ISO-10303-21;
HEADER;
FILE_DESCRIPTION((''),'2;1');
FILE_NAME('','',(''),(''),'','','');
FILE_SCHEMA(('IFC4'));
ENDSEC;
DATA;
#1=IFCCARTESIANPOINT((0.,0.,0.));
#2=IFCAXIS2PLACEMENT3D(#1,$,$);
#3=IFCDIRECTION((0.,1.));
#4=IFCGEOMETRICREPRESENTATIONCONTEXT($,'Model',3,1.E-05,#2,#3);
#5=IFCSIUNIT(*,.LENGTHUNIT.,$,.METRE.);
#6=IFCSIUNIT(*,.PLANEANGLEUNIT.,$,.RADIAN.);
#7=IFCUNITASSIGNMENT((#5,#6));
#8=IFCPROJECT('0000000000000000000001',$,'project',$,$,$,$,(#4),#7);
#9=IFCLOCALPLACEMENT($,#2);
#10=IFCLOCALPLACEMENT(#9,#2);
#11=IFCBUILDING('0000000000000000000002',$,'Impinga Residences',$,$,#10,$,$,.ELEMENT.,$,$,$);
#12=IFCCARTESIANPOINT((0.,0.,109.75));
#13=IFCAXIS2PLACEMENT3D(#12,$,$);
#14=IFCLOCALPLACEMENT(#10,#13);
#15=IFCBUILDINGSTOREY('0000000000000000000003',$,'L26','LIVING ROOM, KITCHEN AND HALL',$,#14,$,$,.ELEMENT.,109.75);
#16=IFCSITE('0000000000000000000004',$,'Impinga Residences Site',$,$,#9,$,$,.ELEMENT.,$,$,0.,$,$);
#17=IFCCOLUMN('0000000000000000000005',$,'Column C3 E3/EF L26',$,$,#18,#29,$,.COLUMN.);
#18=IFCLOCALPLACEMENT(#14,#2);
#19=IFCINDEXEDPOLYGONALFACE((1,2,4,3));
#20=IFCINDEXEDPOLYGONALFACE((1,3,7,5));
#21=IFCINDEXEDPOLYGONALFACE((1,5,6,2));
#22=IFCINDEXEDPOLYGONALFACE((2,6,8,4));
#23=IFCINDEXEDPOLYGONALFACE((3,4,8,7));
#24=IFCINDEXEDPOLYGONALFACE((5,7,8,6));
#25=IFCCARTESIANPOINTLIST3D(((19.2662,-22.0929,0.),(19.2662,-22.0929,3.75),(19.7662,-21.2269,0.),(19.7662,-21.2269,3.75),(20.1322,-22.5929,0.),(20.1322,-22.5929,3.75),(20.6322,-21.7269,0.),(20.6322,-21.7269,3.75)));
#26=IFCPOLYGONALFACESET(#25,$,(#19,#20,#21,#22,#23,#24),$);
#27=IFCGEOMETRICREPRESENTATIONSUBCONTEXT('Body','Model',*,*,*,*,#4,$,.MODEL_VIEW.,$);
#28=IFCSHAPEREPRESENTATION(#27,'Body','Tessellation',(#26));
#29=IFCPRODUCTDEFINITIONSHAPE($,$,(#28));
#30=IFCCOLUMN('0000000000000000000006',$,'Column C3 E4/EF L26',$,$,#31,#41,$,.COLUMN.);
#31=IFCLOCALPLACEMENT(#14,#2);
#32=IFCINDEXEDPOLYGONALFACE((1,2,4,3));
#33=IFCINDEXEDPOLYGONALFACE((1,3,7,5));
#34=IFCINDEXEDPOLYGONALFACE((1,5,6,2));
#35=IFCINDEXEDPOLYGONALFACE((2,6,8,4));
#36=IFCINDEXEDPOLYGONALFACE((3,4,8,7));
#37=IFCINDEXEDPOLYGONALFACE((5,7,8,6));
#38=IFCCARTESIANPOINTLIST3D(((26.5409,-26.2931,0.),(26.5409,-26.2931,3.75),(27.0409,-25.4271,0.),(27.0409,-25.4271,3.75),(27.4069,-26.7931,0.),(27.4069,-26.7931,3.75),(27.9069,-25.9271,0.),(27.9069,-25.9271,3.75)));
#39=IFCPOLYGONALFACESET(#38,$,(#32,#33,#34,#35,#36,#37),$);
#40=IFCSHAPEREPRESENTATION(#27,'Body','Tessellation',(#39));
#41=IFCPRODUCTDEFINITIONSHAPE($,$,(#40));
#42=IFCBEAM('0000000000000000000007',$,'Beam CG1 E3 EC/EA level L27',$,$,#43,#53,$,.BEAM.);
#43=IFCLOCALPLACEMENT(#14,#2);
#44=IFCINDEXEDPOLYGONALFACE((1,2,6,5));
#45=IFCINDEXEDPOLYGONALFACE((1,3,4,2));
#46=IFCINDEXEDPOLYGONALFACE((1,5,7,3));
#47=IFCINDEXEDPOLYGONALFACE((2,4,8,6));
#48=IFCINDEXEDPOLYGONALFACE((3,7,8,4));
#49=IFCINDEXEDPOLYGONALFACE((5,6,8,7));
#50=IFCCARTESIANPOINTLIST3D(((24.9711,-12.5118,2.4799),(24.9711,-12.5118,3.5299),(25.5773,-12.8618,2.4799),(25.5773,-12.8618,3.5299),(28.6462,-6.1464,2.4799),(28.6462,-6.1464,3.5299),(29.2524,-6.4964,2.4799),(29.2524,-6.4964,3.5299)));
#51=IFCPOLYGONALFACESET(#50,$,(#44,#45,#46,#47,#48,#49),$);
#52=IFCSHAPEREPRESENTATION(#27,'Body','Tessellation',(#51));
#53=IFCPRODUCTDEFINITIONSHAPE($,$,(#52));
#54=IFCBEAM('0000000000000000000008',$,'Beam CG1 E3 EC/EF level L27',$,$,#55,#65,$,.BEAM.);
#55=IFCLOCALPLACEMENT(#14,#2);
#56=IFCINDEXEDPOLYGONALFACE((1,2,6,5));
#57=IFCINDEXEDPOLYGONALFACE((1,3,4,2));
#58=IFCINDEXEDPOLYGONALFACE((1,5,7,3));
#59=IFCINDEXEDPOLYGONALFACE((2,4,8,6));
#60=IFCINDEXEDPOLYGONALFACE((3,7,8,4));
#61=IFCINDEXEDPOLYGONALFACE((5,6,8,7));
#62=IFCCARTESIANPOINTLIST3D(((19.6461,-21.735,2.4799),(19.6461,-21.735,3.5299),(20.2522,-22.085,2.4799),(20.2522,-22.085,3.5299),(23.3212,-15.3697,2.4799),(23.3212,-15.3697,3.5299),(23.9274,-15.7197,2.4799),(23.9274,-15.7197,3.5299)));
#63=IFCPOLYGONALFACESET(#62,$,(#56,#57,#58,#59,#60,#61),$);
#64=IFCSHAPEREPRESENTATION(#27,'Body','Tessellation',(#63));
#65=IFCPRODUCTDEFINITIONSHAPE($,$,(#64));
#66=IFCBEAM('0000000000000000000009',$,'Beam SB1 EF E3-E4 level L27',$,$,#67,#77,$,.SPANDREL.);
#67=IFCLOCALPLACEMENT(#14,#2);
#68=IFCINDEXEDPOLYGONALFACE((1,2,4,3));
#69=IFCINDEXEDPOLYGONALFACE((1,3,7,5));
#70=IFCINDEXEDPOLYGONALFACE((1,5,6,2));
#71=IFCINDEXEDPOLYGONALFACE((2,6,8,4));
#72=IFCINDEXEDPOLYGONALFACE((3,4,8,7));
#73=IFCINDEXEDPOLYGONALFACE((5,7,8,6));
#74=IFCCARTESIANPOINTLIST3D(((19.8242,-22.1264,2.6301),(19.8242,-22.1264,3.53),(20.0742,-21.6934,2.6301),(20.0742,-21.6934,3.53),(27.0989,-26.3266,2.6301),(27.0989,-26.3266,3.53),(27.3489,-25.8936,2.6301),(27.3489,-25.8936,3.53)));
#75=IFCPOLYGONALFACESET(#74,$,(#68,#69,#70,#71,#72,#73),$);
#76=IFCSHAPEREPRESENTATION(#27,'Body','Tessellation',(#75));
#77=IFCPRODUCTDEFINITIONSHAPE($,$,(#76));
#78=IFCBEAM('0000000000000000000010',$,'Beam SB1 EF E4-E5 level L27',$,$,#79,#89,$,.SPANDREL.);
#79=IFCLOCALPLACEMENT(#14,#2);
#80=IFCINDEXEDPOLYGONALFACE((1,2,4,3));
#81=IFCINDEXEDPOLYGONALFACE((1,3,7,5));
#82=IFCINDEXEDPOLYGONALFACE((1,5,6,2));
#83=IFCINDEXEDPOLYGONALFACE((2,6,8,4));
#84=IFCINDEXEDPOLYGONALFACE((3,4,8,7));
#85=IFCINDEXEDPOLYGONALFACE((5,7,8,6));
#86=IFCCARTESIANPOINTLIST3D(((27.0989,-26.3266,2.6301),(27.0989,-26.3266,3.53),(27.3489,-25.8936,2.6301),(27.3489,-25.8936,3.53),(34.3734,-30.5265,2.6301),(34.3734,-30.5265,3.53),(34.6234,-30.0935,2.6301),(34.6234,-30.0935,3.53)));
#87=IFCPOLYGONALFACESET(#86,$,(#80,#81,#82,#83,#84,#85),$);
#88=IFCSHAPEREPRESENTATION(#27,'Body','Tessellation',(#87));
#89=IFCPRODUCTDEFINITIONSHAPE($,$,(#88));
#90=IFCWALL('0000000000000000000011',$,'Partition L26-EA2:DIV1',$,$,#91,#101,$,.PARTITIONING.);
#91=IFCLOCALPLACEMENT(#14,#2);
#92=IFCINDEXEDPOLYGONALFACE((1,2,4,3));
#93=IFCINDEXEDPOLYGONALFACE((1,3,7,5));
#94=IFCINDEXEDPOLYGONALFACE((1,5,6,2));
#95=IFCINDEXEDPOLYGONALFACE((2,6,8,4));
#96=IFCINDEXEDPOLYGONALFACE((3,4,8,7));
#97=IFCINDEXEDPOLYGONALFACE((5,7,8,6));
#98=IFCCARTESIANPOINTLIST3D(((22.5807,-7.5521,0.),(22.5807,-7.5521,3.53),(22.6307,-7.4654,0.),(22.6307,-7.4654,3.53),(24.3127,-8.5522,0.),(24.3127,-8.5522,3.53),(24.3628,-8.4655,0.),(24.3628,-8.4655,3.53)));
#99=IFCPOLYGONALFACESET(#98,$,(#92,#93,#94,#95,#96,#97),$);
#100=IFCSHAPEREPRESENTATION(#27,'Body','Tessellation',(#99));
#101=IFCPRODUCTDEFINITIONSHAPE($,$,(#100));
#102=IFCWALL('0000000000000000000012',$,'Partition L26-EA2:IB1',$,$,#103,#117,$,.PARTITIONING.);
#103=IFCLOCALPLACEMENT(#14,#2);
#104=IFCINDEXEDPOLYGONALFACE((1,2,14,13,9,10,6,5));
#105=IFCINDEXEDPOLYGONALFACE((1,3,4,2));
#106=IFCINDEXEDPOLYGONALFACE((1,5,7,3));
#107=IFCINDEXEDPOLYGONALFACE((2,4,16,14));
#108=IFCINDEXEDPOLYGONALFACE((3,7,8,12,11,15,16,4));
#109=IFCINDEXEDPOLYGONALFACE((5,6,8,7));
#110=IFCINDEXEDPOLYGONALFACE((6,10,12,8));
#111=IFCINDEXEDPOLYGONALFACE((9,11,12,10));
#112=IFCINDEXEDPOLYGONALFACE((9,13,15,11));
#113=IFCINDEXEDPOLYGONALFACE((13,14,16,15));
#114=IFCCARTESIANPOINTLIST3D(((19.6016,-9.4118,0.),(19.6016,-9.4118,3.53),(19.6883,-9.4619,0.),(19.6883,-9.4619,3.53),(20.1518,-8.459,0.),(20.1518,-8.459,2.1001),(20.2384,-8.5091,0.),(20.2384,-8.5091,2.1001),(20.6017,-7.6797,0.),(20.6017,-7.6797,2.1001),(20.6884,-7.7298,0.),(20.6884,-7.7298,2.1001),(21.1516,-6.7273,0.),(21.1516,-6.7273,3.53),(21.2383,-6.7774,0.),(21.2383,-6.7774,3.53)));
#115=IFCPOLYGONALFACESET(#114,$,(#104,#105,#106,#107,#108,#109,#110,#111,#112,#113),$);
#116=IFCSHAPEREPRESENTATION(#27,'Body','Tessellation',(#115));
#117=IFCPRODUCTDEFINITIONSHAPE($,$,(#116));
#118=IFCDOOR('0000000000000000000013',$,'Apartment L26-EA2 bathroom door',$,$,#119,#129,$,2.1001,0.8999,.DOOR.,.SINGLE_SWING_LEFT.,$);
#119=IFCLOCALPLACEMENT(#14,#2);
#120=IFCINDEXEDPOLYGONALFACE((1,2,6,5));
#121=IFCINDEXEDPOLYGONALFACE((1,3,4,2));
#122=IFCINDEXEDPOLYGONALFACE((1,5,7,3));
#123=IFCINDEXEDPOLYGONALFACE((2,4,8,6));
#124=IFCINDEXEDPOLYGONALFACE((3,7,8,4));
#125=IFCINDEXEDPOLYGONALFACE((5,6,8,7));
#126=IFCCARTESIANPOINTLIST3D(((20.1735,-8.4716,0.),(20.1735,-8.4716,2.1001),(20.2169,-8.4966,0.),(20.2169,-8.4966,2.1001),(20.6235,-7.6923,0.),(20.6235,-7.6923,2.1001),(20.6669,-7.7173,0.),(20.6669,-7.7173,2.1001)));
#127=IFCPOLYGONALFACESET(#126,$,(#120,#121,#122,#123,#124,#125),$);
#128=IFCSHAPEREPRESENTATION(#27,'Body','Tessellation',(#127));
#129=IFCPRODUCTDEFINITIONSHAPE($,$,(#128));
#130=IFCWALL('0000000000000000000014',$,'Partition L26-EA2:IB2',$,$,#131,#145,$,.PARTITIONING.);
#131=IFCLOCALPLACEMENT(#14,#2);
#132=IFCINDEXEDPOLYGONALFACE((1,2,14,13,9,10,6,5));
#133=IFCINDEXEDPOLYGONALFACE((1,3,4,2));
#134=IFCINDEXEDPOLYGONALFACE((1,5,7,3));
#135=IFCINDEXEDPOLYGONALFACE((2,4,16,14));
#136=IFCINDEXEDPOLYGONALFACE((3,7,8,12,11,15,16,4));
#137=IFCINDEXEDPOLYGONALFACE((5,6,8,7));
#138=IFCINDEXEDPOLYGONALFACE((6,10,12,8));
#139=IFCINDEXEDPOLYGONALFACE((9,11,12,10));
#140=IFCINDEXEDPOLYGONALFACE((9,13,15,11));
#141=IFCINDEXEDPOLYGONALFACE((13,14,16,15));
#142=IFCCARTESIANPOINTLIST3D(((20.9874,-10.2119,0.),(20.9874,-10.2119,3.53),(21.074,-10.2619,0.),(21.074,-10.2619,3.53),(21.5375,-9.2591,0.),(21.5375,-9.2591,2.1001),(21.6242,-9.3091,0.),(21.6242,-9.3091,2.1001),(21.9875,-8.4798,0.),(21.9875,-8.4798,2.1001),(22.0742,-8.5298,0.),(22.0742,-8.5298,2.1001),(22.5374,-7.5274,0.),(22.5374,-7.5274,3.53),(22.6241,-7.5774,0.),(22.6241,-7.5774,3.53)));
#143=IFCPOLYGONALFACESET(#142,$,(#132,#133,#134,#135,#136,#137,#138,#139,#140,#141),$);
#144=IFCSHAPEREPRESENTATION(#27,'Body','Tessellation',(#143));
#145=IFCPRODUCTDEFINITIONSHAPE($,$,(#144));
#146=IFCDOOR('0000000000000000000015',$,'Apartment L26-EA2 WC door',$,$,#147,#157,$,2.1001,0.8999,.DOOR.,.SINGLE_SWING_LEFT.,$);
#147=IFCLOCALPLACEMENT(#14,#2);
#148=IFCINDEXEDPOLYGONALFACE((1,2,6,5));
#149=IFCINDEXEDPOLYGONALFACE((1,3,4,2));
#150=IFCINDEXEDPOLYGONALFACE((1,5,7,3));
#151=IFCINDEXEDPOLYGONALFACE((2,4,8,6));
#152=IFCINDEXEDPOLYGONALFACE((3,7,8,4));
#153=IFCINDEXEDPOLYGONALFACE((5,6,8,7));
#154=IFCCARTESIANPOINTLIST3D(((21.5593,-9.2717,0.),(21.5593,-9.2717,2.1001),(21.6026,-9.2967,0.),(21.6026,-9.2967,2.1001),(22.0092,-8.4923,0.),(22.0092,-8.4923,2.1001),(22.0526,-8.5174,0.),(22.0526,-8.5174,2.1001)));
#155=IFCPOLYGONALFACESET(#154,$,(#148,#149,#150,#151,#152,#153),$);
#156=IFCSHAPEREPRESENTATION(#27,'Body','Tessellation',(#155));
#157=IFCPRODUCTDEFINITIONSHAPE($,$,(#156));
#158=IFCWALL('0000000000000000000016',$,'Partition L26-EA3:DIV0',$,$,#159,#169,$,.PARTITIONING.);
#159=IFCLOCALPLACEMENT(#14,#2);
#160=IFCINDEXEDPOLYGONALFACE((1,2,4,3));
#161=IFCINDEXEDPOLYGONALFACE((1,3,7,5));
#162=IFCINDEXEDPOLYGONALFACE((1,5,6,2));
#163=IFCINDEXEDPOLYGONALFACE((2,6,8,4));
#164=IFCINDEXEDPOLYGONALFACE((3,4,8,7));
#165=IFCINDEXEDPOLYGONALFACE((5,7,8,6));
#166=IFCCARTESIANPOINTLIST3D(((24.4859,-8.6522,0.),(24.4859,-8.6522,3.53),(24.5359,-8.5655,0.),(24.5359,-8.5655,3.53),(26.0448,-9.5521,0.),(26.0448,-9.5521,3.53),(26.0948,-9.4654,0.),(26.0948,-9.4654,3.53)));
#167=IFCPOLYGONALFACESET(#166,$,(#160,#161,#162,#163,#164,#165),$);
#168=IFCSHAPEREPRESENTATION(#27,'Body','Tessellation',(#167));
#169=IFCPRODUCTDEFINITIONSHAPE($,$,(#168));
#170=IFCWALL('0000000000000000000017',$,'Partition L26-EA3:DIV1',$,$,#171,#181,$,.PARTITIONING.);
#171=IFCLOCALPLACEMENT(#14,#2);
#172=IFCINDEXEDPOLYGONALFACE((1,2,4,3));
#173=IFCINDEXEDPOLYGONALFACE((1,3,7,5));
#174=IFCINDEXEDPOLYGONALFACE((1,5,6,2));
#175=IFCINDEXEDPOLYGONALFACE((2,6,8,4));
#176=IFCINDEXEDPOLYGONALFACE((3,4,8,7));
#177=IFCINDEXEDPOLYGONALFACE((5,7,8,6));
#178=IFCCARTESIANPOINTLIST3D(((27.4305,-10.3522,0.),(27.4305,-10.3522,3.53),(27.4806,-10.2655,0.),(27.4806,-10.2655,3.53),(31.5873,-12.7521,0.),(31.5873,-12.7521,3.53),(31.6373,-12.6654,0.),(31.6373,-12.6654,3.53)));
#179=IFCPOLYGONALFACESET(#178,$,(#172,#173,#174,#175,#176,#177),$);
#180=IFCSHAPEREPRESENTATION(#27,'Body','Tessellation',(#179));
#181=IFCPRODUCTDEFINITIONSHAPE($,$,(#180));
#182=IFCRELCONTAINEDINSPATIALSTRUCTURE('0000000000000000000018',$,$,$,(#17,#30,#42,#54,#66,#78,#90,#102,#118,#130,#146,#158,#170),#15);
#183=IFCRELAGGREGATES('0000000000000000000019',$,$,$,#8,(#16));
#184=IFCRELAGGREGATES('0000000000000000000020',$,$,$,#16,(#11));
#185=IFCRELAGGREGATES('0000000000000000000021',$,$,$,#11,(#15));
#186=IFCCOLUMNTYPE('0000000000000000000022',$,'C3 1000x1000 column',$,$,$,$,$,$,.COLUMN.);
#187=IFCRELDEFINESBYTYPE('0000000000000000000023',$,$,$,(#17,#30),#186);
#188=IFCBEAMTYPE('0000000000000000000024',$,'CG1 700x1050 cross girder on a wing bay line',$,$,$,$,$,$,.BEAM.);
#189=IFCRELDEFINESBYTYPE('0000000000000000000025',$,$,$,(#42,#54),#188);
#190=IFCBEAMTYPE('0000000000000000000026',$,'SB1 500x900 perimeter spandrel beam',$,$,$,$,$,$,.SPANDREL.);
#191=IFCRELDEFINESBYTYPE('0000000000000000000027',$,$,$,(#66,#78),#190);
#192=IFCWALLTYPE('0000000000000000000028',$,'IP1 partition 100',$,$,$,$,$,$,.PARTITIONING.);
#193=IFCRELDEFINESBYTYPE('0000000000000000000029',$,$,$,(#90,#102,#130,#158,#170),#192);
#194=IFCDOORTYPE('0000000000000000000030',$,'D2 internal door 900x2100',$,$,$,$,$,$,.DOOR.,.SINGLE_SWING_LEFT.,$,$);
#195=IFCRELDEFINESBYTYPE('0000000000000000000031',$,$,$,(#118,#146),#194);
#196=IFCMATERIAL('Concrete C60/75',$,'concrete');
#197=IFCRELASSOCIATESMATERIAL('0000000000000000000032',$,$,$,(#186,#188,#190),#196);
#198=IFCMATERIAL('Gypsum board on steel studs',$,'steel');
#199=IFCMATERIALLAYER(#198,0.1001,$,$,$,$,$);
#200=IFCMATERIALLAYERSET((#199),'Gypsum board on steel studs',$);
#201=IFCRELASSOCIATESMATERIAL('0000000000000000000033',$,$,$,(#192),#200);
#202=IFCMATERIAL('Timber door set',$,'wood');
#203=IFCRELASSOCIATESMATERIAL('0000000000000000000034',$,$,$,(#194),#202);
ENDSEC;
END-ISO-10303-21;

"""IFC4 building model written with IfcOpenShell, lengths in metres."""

from ifc_helpers import new_model, si_unit, direction, frame, frame_2d, origin, origin_2d, place, context, subcontext, project, spatial, rectangle, extrude, material, layer, layer_set, material_profile, profile_set, type_object, element, fill, save


model = new_model("IFC4")

# Units and contexts
model_context = context("Model", 3, precision=1e-05, world=origin(), true_north=direction((0.0, 1.0)))
body_context = subcontext(model_context, "Body", "Model", "MODEL_VIEW")
ifc_project = project(units=[si_unit("LENGTHUNIT", "METRE"), si_unit("PLANEANGLEUNIT", "RADIAN")], contexts=[model_context])

# Site, building, storey
site_placement = place(None, origin())
site = spatial("IfcSite", under=ifc_project, at=site_placement, Name="Impinga Residences Site", CompositionType="ELEMENT", RefElevation=0.0)
building_placement = place(site_placement, origin())
building = spatial("IfcBuilding", under=site, at=building_placement, Name="Impinga Residences", CompositionType="ELEMENT")
storey_placement = place(building_placement, frame((0.0, 0.0, 109.75)))
storey = spatial("IfcBuildingStorey", under=building, at=storey_placement, Name="L26", Description="LIVING ROOM, KITCHEN AND HALL", CompositionType="ELEMENT", Elevation=109.75)

# Columns
ifc_material_1 = material(Name="Concrete C60/75", Category="concrete")
ifc_material_profile_1 = material_profile(ifc_material_1, rectangle(XDim=1.0, YDim=1.0, at=origin_2d()), Name="RC 1000x1000")
ifc_profile_set_1 = profile_set([ifc_material_profile_1], Name="Concrete C60/75")
column_type = type_object("IfcColumnType", Name="C3 1000x1000 column", PredefinedType="COLUMN", material=ifc_profile_set_1)
for number, where, z_axis, x_axis, name in (
    (1, (19.9492, -21.9099, 0.0), (0.0, 0.0, 1.0), (-0.5, -0.866025, 0.0), "Column C3 E3/EF L26"),
    (2, (27.2239, -26.1101, 0.0), (0.0, 0.0, 1.0), (-0.5, -0.866025, 0.0), "Column C3 E4/EF L26"),
):
    element("IfcColumn", number, at=place(storey_placement, frame(where, z_axis=z_axis, x_axis=x_axis)), inside=storey, type_object=column_type, Name=name, PredefinedType="COLUMN", context=body_context, shape_type="SweptSolid", body=[
        extrude(rectangle(XDim=1.0, YDim=1.0, at=origin_2d()), origin(), (0.0, 0.0, 1.0), 3.75),
    ])

# Beams
ifc_material_profile_2 = material_profile(ifc_material_1, rectangle(XDim=0.7, YDim=1.05, at=origin_2d()), Name="RC 700x1050")
ifc_profile_set_2 = profile_set([ifc_material_profile_2], Name="Concrete C60/75")
beam_type_1 = type_object("IfcBeamType", Name="CG1 700x1050 cross girder on a wing bay line", PredefinedType="BEAM", material=ifc_profile_set_2)
for number, where, z_axis, x_axis, name in (
    (3, (25.2742, -12.6868, 3.0049), (0.500008, 0.866021, 0.0), (-0.866021, 0.500008, 0.0), "Beam CG1 E3 EC/EA level L27"),
    (4, (23.6243, -15.5447, 3.0049), (-0.500008, -0.866021, 0.0), (0.866021, -0.500008, 0.0), "Beam CG1 E3 EC/EF level L27"),
):
    element("IfcBeam", number, at=place(storey_placement, frame(where, z_axis=z_axis, x_axis=x_axis)), inside=storey, type_object=beam_type_1, Name=name, PredefinedType="BEAM", context=body_context, shape_type="SweptSolid", body=[
        extrude(rectangle(XDim=0.7, YDim=1.05, at=origin_2d()), origin(), (0.0, 0.0, 1.0), 7.3501),
    ])
ifc_material_profile_3 = material_profile(ifc_material_1, rectangle(XDim=0.5, YDim=0.8999, at=origin_2d()), Name="RC 500x900")
ifc_profile_set_3 = profile_set([ifc_material_profile_3], Name="Concrete C60/75")
beam_type_2 = type_object("IfcBeamType", Name="SB1 500x900 perimeter spandrel beam", PredefinedType="SPANDREL", material=ifc_profile_set_3)
beam_1_placement = place(storey_placement, frame((19.9492, -21.9099, 3.0801), z_axis=(0.866017, -0.500015, 0.0), x_axis=(0.500015, 0.866017, 0.0)))
element("IfcBeam", 5, at=beam_1_placement, inside=storey, type_object=beam_type_2, Name="Beam SB1 EF E3-E4 level L27", PredefinedType="SPANDREL", context=body_context, shape_type="SweptSolid", body=[
    extrude(rectangle(XDim=0.5, YDim=0.8999, at=origin_2d()), origin(), (0.0, 0.0, 1.0), 8.4001),
])
beam_2_placement = place(storey_placement, frame((27.2239, -26.1101, 3.0801), z_axis=(0.866029, -0.499993, 0.0), x_axis=(0.499993, 0.866029, 0.0)))
element("IfcBeam", 6, at=beam_2_placement, inside=storey, type_object=beam_type_2, Name="Beam SB1 EF E4-E5 level L27", PredefinedType="SPANDREL", context=body_context, shape_type="SweptSolid", body=[
    extrude(rectangle(XDim=0.5, YDim=0.8999, at=origin_2d()), origin(), (0.0, 0.0, 1.0), 8.3999),
])

# Wall
ifc_material_2 = material(Name="Gypsum board on steel studs", Category="steel")
ifc_layer_1 = layer(ifc_material_2, 0.1001)
ifc_layer_set_1 = layer_set([ifc_layer_1], Name="Gypsum board on steel studs")
wall_type_1 = type_object("IfcWallType", Name="IP1 partition 100", PredefinedType="PARTITIONING", material=ifc_layer_set_1)
wall_1_placement = place(storey_placement, frame((22.6057, -7.5088, 0.0), z_axis=(0.0, 0.0, 1.0), x_axis=(0.866011, -0.500025, 0.0)))
element("IfcWall", 7, at=wall_1_placement, inside=storey, type_object=wall_type_1, Name="Partition L26-EA2:DIV1", PredefinedType="PARTITIONING", context=body_context, shape_type="SweptSolid", body=[
    extrude(rectangle(XDim=2.0, YDim=0.1001, at=frame_2d((1.0, 0.0))), origin(), (0.0, 0.0, 1.0), 3.53),
])

# Walls, openings, doors
wall_2_placement = place(storey_placement, frame((19.645, -9.4368, 0.0), z_axis=(0.0, 0.0, 1.0), x_axis=(0.500027, 0.86601, 0.0)))
wall_2 = element("IfcWall", 8, at=wall_2_placement, inside=storey, type_object=wall_type_1, Name="Partition L26-EA2:IB1", PredefinedType="PARTITIONING", context=body_context, shape_type="SweptSolid", body=[
    extrude(rectangle(XDim=3.0999, YDim=0.1001, at=frame_2d((1.5498, 0.0))), origin(), (0.0, 0.0, 1.0), 3.53),
])
opening_1_placement = place(wall_2_placement, frame((1.1001, 0.0, 0.0)))
opening_1 = element("IfcOpeningElement", 9, at=opening_1_placement, cuts=wall_2, PredefinedType="OPENING", context=body_context, shape_type="SweptSolid", body=[
    extrude(rectangle(XDim=0.8999, YDim=2.1001, at=frame_2d((0.45, 1.05))), frame((0.0, 0.0601, 0.0), z_axis=(0.0, -1.0, 0.0), x_axis=(1.0, 0.0, 0.0)), (0.0, 0.0, 1.0), 0.1201),
])
ifc_material_3 = material(Name="Timber door set", Category="wood")
door_type = type_object("IfcDoorType", Name="D2 internal door 900x2100", OperationType="SINGLE_SWING_LEFT", PredefinedType="DOOR", material=ifc_material_3)
door_1_placement = place(opening_1_placement, origin())
door_1 = element("IfcDoor", 10, at=door_1_placement, inside=storey, type_object=door_type, Name="Apartment L26-EA2 bathroom door", OperationType="SINGLE_SWING_LEFT", OverallHeight=2.1001, OverallWidth=0.8999, PredefinedType="DOOR", context=body_context, shape_type="SweptSolid", body=[
    extrude(rectangle(XDim=0.8999, YDim=2.1001, at=frame_2d((0.45, 1.05))), frame((0.0, 0.0249, 0.0), z_axis=(0.0, -1.0, 0.0), x_axis=(1.0, 0.0, 0.0)), (0.0, 0.0, 1.0), 0.05),
])
fill(opening_1, door_1)
wall_3_placement = place(storey_placement, frame((21.0308, -10.2368, 0.0), z_axis=(0.0, 0.0, 1.0), x_axis=(0.500027, 0.86601, 0.0)))
wall_3 = element("IfcWall", 11, at=wall_3_placement, inside=storey, type_object=wall_type_1, Name="Partition L26-EA2:IB2", PredefinedType="PARTITIONING", context=body_context, shape_type="SweptSolid", body=[
    extrude(rectangle(XDim=3.0999, YDim=0.1001, at=frame_2d((1.5498, 0.0))), origin(), (0.0, 0.0, 1.0), 3.53),
])
opening_2_placement = place(wall_3_placement, frame((1.1001, 0.0, 0.0)))
opening_2 = element("IfcOpeningElement", 12, at=opening_2_placement, cuts=wall_3, PredefinedType="OPENING", context=body_context, shape_type="SweptSolid", body=[
    extrude(rectangle(XDim=0.8999, YDim=2.1001, at=frame_2d((0.45, 1.05))), frame((0.0, 0.0601, 0.0), z_axis=(0.0, -1.0, 0.0), x_axis=(1.0, 0.0, 0.0)), (0.0, 0.0, 1.0), 0.1201),
])
door_2_placement = place(opening_2_placement, origin())
door_2 = element("IfcDoor", 13, at=door_2_placement, inside=storey, type_object=door_type, Name="Apartment L26-EA2 WC door", OperationType="SINGLE_SWING_LEFT", OverallHeight=2.1001, OverallWidth=0.8999, PredefinedType="DOOR", context=body_context, shape_type="SweptSolid", body=[
    extrude(rectangle(XDim=0.8999, YDim=2.1001, at=frame_2d((0.45, 1.05))), frame((0.0, 0.0249, 0.0), z_axis=(0.0, -1.0, 0.0), x_axis=(1.0, 0.0, 0.0)), (0.0, 0.0, 1.0), 0.05),
])
fill(opening_2, door_2)

# Walls
wall_4_placement = place(storey_placement, frame((24.511, -8.6089, 0.0), z_axis=(0.0, 0.0, 1.0), x_axis=(0.866048, -0.499961, 0.0)))
element("IfcWall", 14, at=wall_4_placement, inside=storey, type_object=wall_type_1, Name="Partition L26-EA3:DIV0", PredefinedType="PARTITIONING", context=body_context, shape_type="SweptSolid", body=[
    extrude(rectangle(XDim=1.8, YDim=0.1001, at=frame_2d((0.8999, 0.0))), origin(), (0.0, 0.0, 1.0), 3.53),
])
wall_5_placement = place(storey_placement, frame((27.4556, -10.3088, 0.0), z_axis=(0.0, 0.0, 1.0), x_axis=(0.866025, -0.500001, 0.0)))
element("IfcWall", 15, at=wall_5_placement, inside=storey, type_object=wall_type_1, Name="Partition L26-EA3:DIV1", PredefinedType="PARTITIONING", context=body_context, shape_type="SweptSolid", body=[
    extrude(rectangle(XDim=4.7998, YDim=0.1001, at=frame_2d((2.3999, 0.0))), origin(), (0.0, 0.0, 1.0), 3.53),
])

save(model, "model.ifc")
